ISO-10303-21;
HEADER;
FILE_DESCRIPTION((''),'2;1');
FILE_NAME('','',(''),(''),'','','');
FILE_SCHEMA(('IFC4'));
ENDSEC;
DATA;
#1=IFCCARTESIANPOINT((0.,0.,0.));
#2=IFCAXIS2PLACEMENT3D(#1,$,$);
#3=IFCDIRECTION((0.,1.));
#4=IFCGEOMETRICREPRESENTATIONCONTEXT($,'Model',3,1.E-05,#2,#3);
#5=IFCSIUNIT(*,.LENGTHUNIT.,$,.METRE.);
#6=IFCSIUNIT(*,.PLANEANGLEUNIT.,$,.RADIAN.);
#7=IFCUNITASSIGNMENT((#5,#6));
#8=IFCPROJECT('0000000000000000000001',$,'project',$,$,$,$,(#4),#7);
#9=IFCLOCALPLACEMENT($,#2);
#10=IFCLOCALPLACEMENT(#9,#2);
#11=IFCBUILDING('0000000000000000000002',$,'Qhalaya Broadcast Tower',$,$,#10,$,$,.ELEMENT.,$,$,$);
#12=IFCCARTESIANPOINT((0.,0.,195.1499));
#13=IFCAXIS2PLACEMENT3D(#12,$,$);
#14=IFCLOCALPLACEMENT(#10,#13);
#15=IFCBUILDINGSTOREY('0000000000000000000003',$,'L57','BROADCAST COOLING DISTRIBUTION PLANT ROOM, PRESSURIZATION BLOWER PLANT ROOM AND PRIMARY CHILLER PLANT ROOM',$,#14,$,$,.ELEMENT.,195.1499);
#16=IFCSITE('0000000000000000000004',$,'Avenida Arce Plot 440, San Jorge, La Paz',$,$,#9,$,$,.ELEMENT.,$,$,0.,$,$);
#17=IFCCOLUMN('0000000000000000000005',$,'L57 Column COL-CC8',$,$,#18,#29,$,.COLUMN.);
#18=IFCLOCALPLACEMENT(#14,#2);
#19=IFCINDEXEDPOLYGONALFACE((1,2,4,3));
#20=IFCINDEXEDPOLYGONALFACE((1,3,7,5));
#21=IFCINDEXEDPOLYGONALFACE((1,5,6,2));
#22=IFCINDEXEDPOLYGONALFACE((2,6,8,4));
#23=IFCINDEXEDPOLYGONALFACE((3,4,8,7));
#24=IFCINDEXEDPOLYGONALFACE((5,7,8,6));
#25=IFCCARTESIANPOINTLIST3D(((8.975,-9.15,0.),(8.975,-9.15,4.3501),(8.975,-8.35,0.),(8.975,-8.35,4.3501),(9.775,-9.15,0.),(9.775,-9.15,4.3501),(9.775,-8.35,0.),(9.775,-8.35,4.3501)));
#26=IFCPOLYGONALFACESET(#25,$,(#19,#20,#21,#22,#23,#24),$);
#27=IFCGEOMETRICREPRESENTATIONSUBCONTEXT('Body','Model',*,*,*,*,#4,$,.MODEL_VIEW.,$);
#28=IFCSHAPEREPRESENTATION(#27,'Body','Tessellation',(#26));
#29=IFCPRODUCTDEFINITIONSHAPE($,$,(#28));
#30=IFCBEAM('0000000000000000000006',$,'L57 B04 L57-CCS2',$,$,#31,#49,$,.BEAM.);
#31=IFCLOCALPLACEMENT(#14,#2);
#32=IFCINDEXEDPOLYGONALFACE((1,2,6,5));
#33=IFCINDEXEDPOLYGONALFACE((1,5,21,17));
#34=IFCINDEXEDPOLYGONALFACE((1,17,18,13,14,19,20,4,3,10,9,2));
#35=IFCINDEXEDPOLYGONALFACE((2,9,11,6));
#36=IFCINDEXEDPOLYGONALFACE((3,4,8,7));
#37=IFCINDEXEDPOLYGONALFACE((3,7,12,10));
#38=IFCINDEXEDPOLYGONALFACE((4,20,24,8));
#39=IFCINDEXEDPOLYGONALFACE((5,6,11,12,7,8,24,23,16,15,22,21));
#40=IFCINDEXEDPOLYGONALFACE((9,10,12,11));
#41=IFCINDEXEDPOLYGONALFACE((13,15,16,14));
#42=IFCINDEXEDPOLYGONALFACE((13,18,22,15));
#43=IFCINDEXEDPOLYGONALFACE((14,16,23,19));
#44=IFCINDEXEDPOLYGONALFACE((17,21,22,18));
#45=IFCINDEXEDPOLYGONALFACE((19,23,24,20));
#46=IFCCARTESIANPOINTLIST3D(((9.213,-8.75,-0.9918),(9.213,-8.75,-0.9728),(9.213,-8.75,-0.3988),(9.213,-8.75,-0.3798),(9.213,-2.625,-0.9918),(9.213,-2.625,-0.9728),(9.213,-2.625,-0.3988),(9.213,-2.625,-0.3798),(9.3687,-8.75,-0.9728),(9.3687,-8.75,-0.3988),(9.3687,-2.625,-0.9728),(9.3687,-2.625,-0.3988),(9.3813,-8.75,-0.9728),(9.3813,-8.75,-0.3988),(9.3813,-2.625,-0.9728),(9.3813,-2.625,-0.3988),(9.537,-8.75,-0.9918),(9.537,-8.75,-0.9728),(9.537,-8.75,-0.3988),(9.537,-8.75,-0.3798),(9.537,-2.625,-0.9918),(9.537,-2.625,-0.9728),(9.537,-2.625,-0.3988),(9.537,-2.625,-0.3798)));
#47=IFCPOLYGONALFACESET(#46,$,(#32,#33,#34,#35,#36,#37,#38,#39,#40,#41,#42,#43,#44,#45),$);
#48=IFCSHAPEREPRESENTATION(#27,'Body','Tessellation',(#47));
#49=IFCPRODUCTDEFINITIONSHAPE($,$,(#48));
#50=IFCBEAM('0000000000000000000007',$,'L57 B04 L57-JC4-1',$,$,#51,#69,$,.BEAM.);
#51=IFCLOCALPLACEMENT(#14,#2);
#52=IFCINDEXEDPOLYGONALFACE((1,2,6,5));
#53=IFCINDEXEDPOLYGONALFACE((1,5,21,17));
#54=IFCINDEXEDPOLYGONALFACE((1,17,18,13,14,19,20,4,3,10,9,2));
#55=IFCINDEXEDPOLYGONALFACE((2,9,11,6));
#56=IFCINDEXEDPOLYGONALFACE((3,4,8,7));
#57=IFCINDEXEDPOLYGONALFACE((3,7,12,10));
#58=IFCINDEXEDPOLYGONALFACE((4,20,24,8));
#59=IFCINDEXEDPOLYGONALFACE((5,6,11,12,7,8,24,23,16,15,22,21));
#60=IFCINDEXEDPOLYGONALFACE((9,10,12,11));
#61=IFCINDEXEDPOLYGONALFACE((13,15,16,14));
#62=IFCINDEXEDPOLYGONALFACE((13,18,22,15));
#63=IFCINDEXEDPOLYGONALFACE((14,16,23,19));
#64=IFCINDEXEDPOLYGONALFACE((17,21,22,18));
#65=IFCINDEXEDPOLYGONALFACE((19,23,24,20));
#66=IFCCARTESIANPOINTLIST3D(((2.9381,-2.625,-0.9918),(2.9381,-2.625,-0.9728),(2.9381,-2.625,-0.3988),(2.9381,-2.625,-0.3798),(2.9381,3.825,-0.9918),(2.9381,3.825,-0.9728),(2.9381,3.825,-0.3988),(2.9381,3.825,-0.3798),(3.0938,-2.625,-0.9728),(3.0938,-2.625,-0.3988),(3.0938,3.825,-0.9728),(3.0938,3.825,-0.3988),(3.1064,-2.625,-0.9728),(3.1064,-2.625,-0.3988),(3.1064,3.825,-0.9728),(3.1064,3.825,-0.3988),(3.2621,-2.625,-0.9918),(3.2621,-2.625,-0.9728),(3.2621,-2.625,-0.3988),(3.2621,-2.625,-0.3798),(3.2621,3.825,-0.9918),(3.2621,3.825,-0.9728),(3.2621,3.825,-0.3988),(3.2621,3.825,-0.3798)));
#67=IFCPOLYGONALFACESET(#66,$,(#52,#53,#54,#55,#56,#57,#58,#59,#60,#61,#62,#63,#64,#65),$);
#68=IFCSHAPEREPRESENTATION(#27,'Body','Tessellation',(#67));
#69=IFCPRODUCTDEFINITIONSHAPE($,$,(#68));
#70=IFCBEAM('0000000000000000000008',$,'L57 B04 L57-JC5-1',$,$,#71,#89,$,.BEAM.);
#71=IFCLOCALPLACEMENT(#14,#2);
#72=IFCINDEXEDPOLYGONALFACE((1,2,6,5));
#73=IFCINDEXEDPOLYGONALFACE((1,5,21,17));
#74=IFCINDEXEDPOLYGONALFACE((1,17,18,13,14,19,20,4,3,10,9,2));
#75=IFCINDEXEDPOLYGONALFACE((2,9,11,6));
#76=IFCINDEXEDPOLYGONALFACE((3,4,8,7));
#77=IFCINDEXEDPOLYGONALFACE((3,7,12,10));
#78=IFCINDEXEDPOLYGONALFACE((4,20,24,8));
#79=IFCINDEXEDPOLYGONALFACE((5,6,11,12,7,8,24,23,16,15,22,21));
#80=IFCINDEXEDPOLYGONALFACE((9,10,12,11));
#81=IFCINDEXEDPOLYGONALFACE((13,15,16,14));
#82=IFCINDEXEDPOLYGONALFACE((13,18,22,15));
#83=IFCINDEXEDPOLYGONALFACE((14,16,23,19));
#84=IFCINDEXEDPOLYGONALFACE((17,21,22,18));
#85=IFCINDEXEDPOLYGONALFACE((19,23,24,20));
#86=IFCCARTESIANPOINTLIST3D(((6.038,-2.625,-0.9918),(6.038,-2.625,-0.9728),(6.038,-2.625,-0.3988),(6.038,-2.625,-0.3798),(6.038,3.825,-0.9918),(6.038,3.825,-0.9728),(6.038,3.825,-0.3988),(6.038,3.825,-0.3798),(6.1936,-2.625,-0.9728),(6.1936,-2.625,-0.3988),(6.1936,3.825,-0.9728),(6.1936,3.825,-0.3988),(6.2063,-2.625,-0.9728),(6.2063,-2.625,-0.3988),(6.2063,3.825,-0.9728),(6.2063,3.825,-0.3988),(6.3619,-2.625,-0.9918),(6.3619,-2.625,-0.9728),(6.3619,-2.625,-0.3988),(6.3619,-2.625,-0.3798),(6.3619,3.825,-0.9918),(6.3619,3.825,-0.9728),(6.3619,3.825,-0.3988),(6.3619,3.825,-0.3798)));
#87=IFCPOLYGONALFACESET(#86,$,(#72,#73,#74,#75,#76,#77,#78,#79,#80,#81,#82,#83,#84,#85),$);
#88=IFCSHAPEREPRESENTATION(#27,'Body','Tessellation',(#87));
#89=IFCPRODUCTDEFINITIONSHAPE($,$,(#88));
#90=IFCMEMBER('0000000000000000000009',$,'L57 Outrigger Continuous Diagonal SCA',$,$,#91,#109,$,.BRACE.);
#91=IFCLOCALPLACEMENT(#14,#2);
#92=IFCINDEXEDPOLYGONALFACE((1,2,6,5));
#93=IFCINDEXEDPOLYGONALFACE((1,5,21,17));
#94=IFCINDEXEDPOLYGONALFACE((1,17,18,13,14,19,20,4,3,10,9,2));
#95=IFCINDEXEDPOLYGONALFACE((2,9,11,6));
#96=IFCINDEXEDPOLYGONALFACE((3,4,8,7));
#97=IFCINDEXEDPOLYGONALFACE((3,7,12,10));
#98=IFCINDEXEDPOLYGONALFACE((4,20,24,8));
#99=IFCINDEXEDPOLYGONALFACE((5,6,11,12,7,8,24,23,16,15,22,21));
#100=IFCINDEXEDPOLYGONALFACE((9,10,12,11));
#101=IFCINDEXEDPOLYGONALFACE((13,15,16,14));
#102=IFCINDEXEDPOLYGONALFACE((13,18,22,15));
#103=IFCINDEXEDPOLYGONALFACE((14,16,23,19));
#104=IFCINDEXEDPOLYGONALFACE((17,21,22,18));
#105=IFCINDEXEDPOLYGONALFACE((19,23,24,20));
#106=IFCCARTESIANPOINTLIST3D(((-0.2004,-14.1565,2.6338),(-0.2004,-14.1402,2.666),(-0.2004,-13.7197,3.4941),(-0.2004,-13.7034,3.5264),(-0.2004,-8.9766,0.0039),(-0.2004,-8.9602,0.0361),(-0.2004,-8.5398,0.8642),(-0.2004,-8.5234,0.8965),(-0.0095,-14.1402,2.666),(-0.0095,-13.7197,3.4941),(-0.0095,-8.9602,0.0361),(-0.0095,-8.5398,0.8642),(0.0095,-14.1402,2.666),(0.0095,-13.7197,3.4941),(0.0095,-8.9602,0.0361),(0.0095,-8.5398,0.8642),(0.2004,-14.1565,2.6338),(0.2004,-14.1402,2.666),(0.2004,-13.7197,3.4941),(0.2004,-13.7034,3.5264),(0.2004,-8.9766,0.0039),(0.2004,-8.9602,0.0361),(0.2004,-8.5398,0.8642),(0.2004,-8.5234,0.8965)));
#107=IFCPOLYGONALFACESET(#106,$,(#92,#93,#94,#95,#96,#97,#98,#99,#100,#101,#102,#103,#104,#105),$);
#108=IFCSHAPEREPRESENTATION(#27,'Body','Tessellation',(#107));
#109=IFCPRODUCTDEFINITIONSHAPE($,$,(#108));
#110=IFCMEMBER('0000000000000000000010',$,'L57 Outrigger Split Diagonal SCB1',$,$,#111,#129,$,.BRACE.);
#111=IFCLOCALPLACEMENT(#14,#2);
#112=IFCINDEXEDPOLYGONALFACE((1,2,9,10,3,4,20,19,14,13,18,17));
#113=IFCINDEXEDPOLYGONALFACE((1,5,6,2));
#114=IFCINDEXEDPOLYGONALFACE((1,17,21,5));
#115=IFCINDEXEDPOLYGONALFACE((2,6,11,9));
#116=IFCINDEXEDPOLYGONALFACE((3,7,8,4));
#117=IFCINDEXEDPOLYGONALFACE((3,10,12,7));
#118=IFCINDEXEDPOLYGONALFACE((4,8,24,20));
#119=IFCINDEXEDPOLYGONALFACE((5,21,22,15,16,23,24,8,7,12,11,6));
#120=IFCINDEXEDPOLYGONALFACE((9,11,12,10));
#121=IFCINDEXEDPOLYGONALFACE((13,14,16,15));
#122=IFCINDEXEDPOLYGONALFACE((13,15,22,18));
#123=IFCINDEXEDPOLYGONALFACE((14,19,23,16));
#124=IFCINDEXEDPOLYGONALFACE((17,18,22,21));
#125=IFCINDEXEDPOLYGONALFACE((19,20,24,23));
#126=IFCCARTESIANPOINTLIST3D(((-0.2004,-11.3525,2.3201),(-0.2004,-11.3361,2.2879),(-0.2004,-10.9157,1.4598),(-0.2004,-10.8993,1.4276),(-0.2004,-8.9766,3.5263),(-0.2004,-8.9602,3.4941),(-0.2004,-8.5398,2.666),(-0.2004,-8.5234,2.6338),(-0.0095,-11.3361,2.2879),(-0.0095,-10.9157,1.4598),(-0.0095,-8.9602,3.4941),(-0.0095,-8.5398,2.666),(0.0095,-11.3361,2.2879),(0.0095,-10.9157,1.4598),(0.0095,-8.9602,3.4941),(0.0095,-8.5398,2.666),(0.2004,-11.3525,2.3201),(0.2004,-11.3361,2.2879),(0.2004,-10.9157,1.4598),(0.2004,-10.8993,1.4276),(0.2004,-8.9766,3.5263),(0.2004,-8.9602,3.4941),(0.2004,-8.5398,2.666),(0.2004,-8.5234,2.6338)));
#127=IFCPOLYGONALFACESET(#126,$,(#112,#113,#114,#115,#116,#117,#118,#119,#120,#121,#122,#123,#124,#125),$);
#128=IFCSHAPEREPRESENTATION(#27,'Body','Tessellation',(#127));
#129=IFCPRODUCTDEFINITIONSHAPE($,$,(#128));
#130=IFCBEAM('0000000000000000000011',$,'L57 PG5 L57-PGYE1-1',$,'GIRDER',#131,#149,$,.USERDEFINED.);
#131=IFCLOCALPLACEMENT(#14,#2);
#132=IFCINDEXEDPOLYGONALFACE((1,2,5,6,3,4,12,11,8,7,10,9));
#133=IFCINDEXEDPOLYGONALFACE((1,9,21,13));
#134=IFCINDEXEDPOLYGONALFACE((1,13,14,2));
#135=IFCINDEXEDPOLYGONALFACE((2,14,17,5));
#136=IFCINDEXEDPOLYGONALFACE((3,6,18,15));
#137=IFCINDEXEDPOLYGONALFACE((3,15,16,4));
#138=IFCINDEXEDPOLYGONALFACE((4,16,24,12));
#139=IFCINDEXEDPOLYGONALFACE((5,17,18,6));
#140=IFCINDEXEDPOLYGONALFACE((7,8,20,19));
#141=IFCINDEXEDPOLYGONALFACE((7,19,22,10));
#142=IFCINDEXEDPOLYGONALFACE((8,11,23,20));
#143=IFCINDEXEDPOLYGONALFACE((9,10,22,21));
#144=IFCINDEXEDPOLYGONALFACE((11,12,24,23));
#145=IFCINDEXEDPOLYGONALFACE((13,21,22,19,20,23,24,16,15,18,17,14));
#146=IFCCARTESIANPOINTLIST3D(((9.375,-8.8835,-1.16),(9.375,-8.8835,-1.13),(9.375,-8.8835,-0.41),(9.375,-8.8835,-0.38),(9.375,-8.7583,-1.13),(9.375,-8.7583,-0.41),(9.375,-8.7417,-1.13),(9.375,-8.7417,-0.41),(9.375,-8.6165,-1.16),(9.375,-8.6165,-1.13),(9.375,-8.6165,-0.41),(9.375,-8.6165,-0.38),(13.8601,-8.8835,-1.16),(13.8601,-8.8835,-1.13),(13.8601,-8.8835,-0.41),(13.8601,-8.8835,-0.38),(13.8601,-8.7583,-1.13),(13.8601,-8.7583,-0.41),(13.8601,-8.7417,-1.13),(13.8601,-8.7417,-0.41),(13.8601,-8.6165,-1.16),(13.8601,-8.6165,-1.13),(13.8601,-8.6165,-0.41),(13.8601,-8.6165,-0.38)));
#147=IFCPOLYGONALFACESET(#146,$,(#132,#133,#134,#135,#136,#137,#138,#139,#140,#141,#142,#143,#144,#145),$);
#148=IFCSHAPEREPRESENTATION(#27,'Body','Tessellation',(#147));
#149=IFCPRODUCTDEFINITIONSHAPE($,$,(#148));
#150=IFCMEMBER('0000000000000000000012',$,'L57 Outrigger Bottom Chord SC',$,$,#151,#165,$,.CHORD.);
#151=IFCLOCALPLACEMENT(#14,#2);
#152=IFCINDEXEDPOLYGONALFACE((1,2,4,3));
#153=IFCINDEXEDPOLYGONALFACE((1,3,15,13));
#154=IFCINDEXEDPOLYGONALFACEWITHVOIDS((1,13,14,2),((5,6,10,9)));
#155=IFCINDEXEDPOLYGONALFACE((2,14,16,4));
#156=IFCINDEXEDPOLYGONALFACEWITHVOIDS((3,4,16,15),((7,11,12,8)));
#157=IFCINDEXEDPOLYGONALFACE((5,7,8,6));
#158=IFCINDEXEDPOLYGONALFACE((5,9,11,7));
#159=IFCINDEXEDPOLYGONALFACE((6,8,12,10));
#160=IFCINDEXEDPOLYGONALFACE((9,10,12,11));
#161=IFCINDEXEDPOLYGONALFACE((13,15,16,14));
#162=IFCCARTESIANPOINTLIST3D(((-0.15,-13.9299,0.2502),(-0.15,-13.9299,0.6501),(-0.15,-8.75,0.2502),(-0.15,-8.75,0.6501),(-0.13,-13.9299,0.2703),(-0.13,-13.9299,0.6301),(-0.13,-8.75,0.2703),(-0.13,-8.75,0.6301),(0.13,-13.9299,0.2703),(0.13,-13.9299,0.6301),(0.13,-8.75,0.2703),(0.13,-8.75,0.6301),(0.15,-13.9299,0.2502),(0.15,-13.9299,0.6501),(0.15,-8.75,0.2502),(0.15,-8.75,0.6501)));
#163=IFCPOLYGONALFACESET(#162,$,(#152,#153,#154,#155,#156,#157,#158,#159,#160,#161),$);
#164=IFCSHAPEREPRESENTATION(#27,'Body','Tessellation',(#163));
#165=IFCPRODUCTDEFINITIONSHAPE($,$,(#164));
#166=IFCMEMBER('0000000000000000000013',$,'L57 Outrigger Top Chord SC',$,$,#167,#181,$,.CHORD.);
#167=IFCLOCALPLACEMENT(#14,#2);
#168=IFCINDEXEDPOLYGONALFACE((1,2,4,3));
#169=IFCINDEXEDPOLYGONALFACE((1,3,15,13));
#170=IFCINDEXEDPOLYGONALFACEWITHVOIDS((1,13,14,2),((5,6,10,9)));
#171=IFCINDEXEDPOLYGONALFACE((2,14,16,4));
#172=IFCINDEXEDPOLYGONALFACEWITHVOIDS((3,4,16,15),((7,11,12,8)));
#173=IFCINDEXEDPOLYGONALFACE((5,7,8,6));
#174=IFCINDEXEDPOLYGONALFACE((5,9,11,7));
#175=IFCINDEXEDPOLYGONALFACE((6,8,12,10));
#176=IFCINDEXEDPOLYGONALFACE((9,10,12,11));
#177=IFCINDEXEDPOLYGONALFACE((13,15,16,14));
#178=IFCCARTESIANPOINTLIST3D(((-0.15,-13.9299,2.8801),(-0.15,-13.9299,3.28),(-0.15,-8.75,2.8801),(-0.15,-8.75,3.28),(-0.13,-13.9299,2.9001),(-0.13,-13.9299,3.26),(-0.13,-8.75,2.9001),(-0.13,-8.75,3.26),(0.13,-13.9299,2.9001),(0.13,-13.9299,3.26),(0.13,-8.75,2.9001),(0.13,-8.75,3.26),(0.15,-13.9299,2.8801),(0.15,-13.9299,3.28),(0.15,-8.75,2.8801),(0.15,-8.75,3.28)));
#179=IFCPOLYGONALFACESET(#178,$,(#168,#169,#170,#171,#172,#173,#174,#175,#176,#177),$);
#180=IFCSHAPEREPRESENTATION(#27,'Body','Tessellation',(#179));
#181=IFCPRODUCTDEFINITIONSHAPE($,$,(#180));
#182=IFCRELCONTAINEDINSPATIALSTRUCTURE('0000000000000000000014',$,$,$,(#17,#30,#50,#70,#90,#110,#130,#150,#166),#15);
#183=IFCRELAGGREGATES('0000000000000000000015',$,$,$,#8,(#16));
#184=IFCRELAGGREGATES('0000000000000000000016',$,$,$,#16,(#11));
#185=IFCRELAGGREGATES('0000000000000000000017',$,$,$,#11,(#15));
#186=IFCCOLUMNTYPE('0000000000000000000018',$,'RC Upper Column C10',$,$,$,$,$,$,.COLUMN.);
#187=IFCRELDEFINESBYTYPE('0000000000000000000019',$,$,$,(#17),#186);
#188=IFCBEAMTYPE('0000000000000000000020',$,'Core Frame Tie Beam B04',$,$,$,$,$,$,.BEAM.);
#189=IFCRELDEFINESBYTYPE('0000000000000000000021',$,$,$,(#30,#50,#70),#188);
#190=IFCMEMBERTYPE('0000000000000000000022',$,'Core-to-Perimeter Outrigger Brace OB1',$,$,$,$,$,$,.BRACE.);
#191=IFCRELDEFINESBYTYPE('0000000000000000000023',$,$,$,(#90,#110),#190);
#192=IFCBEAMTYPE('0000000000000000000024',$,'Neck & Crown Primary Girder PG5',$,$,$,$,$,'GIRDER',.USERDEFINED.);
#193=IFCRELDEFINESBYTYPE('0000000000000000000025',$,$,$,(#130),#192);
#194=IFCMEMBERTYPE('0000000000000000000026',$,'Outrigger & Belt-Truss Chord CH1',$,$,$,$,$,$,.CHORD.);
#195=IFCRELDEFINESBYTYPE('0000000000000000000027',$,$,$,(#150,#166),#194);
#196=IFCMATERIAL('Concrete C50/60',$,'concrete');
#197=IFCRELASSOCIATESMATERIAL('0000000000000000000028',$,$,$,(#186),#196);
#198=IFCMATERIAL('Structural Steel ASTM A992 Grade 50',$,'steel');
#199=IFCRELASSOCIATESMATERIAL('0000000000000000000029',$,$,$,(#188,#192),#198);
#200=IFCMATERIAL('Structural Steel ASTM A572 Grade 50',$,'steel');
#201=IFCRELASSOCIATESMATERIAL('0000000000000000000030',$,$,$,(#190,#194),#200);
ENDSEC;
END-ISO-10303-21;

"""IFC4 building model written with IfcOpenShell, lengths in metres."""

from ifc_helpers import new_model, si_unit, direction, frame, origin, origin_2d, place, context, subcontext, project, spatial, rectangle, hollow_rectangle, i_section, extrude, material, material_profile, profile_set, type_object, element, save


model = new_model("IFC4")

# Units and contexts
model_context = context("Model", 3, precision=1e-05, world=origin(), true_north=direction((0.0, 1.0)))
body_context = subcontext(model_context, "Body", "Model", "MODEL_VIEW")
ifc_project = project(units=[si_unit("LENGTHUNIT", "METRE"), si_unit("PLANEANGLEUNIT", "RADIAN")], contexts=[model_context])

# Site, building, storey
site_placement = place(None, origin())
site = spatial("IfcSite", under=ifc_project, at=site_placement, Name="Avenida Arce Plot 440, San Jorge, La Paz", CompositionType="ELEMENT", RefElevation=0.0)
building_placement = place(site_placement, origin())
building = spatial("IfcBuilding", under=site, at=building_placement, Name="Qhalaya Broadcast Tower", CompositionType="ELEMENT")
storey_placement = place(building_placement, frame((0.0, 0.0, 195.1499)))
storey = spatial("IfcBuildingStorey", under=building, at=storey_placement, Name="L57", Description="BROADCAST COOLING DISTRIBUTION PLANT ROOM, PRESSURIZATION BLOWER PLANT ROOM AND PRIMARY CHILLER PLANT ROOM", CompositionType="ELEMENT", Elevation=195.1499)

# Column
ifc_material_1 = material(Name="Concrete C50/60", Category="concrete")
ifc_material_profile_1 = material_profile(ifc_material_1, rectangle(XDim=0.8, YDim=0.8, at=origin_2d()), Name="RC-COL 800x800")
ifc_profile_set_1 = profile_set([ifc_material_profile_1], Name="Concrete C50/60")
column_type = type_object("IfcColumnType", Name="RC Upper Column C10", PredefinedType="COLUMN", material=ifc_profile_set_1)
column_placement = place(storey_placement, frame((9.375, -8.75, 0.0), z_axis=(0.0, 0.0, 1.0), x_axis=(1.0, 0.0, 0.0)))
element("IfcColumn", 1, at=column_placement, inside=storey, type_object=column_type, Name="L57 Column COL-CC8", PredefinedType="COLUMN", context=body_context, shape_type="SweptSolid", body=[
    extrude(rectangle(XDim=0.8, YDim=0.8, at=origin_2d()), origin(), (0.0, 0.0, 1.0), 4.3501),
])

# Beams
ifc_material_2 = material(Name="Structural Steel ASTM A992 Grade 50", Category="steel")
ifc_material_profile_2 = material_profile(ifc_material_2, i_section(OverallWidth=0.324, OverallDepth=0.6121, WebThickness=0.0127, FlangeThickness=0.019, at=origin_2d()), Name="W24X104")
ifc_profile_set_2 = profile_set([ifc_material_profile_2], Name="Structural Steel ASTM A992 Grade 50")
beam_type_1 = type_object("IfcBeamType", Name="Core Frame Tie Beam B04", PredefinedType="BEAM", material=ifc_profile_set_2)
beam_1_placement = place(storey_placement, frame((9.375, -8.75, -0.6858), z_axis=(0.0, 1.0, 0.0), x_axis=(-1.0, 0.0, 0.0)))
element("IfcBeam", 2, at=beam_1_placement, inside=storey, type_object=beam_type_1, Name="L57 B04 L57-CCS2", PredefinedType="BEAM", context=body_context, shape_type="SweptSolid", body=[
    extrude(i_section(OverallWidth=0.324, OverallDepth=0.6121, WebThickness=0.0127, FlangeThickness=0.019, at=origin_2d()), origin(), (0.0, 0.0, 1.0), 6.125),
])
for number, where, z_axis, x_axis, name in (
    (3, (3.1001, -2.625, -0.6858), (0.0, 1.0, 0.0), (-1.0, 0.0, 0.0), "L57 B04 L57-JC4-1"),
    (4, (6.2, -2.625, -0.6858), (0.0, 1.0, 0.0), (-1.0, 0.0, 0.0), "L57 B04 L57-JC5-1"),
):
    element("IfcBeam", number, at=place(storey_placement, frame(where, z_axis=z_axis, x_axis=x_axis)), inside=storey, type_object=beam_type_1, Name=name, PredefinedType="BEAM", context=body_context, shape_type="SweptSolid", body=[
        extrude(i_section(OverallWidth=0.324, OverallDepth=0.6121, WebThickness=0.0127, FlangeThickness=0.019, at=origin_2d()), origin(), (0.0, 0.0, 1.0), 6.45),
    ])

# Members
ifc_material_3 = material(Name="Structural Steel ASTM A572 Grade 50", Category="steel")
ifc_material_profile_3 = material_profile(ifc_material_3, i_section(OverallWidth=0.4009, OverallDepth=1.001, WebThickness=0.019, FlangeThickness=0.0361, at=origin_2d()), Name="W40X249")
ifc_profile_set_3 = profile_set([ifc_material_profile_3], Name="Structural Steel ASTM A572 Grade 50")
member_type_1 = type_object("IfcMemberType", Name="Core-to-Perimeter Outrigger Brace OB1", PredefinedType="BRACE", material=ifc_profile_set_3)
member_1_placement = place(storey_placement, frame((0.0, -8.75, 0.4502), z_axis=(0.0, -0.891662, 0.452702), x_axis=(1.0, 0.0, 0.0)))
element("IfcMember", 5, at=member_1_placement, inside=storey, type_object=member_type_1, Name="L57 Outrigger Continuous Diagonal SCA", PredefinedType="BRACE", context=body_context, shape_type="SweptSolid", body=[
    extrude(i_section(OverallWidth=0.4009, OverallDepth=1.001, WebThickness=0.019, FlangeThickness=0.0361, at=origin_2d()), origin(), (0.0, 0.0, 1.0), 5.8093),
])
member_2_placement = place(storey_placement, frame((0.0, -8.75, 3.0801), z_axis=(0.0, -0.891662, -0.452702), x_axis=(1.0, 0.0, 0.0)))
element("IfcMember", 6, at=member_2_placement, inside=storey, type_object=member_type_1, Name="L57 Outrigger Split Diagonal SCB1", PredefinedType="BRACE", context=body_context, shape_type="SweptSolid", body=[
    extrude(i_section(OverallWidth=0.4009, OverallDepth=1.001, WebThickness=0.019, FlangeThickness=0.0361, at=origin_2d()), origin(), (0.0, 0.0, 1.0), 2.6646),
])

# Beam
ifc_material_profile_4 = material_profile(ifc_material_2, i_section(OverallWidth=0.2671, OverallDepth=0.78, WebThickness=0.0166, FlangeThickness=0.03, at=origin_2d()), Name="W30X148")
ifc_profile_set_4 = profile_set([ifc_material_profile_4], Name="Structural Steel ASTM A992 Grade 50")
beam_type_2 = type_object("IfcBeamType", Name="Neck & Crown Primary Girder PG5", ElementType="GIRDER", PredefinedType="USERDEFINED", material=ifc_profile_set_4)
beam_2_placement = place(storey_placement, frame((9.375, -8.75, -0.77), z_axis=(1.0, 0.0, 0.0), x_axis=(0.0, 1.0, 0.0)))
element("IfcBeam", 7, at=beam_2_placement, inside=storey, type_object=beam_type_2, Name="L57 PG5 L57-PGYE1-1", ObjectType="GIRDER", PredefinedType="USERDEFINED", context=body_context, shape_type="SweptSolid", body=[
    extrude(i_section(OverallWidth=0.2671, OverallDepth=0.78, WebThickness=0.0166, FlangeThickness=0.03, at=origin_2d()), origin(), (0.0, 0.0, 1.0), 4.4851),
])

# Members
ifc_material_profile_5 = material_profile(ifc_material_3, hollow_rectangle(XDim=0.3, YDim=0.3999, WallThickness=0.02, at=origin_2d()), Name="HSS 300x400x20")
ifc_profile_set_5 = profile_set([ifc_material_profile_5], Name="Structural Steel ASTM A572 Grade 50")
member_type_2 = type_object("IfcMemberType", Name="Outrigger & Belt-Truss Chord CH1", PredefinedType="CHORD", material=ifc_profile_set_5)
for number, where, z_axis, x_axis, name in (
    (8, (0.0, -8.75, 0.4502), (0.0, -1.0, 0.0), (1.0, 0.0, 0.0), "L57 Outrigger Bottom Chord SC"),
    (9, (0.0, -8.75, 3.0801), (0.0, -1.0, 0.0), (1.0, 0.0, 0.0), "L57 Outrigger Top Chord SC"),
):
    element("IfcMember", number, at=place(storey_placement, frame(where, z_axis=z_axis, x_axis=x_axis)), inside=storey, type_object=member_type_2, Name=name, PredefinedType="CHORD", context=body_context, shape_type="SweptSolid", body=[
        extrude(hollow_rectangle(XDim=0.3, YDim=0.3999, WallThickness=0.02, at=origin_2d()), origin(), (0.0, 0.0, 1.0), 5.1799),
    ])

save(model, "model.ifc")
